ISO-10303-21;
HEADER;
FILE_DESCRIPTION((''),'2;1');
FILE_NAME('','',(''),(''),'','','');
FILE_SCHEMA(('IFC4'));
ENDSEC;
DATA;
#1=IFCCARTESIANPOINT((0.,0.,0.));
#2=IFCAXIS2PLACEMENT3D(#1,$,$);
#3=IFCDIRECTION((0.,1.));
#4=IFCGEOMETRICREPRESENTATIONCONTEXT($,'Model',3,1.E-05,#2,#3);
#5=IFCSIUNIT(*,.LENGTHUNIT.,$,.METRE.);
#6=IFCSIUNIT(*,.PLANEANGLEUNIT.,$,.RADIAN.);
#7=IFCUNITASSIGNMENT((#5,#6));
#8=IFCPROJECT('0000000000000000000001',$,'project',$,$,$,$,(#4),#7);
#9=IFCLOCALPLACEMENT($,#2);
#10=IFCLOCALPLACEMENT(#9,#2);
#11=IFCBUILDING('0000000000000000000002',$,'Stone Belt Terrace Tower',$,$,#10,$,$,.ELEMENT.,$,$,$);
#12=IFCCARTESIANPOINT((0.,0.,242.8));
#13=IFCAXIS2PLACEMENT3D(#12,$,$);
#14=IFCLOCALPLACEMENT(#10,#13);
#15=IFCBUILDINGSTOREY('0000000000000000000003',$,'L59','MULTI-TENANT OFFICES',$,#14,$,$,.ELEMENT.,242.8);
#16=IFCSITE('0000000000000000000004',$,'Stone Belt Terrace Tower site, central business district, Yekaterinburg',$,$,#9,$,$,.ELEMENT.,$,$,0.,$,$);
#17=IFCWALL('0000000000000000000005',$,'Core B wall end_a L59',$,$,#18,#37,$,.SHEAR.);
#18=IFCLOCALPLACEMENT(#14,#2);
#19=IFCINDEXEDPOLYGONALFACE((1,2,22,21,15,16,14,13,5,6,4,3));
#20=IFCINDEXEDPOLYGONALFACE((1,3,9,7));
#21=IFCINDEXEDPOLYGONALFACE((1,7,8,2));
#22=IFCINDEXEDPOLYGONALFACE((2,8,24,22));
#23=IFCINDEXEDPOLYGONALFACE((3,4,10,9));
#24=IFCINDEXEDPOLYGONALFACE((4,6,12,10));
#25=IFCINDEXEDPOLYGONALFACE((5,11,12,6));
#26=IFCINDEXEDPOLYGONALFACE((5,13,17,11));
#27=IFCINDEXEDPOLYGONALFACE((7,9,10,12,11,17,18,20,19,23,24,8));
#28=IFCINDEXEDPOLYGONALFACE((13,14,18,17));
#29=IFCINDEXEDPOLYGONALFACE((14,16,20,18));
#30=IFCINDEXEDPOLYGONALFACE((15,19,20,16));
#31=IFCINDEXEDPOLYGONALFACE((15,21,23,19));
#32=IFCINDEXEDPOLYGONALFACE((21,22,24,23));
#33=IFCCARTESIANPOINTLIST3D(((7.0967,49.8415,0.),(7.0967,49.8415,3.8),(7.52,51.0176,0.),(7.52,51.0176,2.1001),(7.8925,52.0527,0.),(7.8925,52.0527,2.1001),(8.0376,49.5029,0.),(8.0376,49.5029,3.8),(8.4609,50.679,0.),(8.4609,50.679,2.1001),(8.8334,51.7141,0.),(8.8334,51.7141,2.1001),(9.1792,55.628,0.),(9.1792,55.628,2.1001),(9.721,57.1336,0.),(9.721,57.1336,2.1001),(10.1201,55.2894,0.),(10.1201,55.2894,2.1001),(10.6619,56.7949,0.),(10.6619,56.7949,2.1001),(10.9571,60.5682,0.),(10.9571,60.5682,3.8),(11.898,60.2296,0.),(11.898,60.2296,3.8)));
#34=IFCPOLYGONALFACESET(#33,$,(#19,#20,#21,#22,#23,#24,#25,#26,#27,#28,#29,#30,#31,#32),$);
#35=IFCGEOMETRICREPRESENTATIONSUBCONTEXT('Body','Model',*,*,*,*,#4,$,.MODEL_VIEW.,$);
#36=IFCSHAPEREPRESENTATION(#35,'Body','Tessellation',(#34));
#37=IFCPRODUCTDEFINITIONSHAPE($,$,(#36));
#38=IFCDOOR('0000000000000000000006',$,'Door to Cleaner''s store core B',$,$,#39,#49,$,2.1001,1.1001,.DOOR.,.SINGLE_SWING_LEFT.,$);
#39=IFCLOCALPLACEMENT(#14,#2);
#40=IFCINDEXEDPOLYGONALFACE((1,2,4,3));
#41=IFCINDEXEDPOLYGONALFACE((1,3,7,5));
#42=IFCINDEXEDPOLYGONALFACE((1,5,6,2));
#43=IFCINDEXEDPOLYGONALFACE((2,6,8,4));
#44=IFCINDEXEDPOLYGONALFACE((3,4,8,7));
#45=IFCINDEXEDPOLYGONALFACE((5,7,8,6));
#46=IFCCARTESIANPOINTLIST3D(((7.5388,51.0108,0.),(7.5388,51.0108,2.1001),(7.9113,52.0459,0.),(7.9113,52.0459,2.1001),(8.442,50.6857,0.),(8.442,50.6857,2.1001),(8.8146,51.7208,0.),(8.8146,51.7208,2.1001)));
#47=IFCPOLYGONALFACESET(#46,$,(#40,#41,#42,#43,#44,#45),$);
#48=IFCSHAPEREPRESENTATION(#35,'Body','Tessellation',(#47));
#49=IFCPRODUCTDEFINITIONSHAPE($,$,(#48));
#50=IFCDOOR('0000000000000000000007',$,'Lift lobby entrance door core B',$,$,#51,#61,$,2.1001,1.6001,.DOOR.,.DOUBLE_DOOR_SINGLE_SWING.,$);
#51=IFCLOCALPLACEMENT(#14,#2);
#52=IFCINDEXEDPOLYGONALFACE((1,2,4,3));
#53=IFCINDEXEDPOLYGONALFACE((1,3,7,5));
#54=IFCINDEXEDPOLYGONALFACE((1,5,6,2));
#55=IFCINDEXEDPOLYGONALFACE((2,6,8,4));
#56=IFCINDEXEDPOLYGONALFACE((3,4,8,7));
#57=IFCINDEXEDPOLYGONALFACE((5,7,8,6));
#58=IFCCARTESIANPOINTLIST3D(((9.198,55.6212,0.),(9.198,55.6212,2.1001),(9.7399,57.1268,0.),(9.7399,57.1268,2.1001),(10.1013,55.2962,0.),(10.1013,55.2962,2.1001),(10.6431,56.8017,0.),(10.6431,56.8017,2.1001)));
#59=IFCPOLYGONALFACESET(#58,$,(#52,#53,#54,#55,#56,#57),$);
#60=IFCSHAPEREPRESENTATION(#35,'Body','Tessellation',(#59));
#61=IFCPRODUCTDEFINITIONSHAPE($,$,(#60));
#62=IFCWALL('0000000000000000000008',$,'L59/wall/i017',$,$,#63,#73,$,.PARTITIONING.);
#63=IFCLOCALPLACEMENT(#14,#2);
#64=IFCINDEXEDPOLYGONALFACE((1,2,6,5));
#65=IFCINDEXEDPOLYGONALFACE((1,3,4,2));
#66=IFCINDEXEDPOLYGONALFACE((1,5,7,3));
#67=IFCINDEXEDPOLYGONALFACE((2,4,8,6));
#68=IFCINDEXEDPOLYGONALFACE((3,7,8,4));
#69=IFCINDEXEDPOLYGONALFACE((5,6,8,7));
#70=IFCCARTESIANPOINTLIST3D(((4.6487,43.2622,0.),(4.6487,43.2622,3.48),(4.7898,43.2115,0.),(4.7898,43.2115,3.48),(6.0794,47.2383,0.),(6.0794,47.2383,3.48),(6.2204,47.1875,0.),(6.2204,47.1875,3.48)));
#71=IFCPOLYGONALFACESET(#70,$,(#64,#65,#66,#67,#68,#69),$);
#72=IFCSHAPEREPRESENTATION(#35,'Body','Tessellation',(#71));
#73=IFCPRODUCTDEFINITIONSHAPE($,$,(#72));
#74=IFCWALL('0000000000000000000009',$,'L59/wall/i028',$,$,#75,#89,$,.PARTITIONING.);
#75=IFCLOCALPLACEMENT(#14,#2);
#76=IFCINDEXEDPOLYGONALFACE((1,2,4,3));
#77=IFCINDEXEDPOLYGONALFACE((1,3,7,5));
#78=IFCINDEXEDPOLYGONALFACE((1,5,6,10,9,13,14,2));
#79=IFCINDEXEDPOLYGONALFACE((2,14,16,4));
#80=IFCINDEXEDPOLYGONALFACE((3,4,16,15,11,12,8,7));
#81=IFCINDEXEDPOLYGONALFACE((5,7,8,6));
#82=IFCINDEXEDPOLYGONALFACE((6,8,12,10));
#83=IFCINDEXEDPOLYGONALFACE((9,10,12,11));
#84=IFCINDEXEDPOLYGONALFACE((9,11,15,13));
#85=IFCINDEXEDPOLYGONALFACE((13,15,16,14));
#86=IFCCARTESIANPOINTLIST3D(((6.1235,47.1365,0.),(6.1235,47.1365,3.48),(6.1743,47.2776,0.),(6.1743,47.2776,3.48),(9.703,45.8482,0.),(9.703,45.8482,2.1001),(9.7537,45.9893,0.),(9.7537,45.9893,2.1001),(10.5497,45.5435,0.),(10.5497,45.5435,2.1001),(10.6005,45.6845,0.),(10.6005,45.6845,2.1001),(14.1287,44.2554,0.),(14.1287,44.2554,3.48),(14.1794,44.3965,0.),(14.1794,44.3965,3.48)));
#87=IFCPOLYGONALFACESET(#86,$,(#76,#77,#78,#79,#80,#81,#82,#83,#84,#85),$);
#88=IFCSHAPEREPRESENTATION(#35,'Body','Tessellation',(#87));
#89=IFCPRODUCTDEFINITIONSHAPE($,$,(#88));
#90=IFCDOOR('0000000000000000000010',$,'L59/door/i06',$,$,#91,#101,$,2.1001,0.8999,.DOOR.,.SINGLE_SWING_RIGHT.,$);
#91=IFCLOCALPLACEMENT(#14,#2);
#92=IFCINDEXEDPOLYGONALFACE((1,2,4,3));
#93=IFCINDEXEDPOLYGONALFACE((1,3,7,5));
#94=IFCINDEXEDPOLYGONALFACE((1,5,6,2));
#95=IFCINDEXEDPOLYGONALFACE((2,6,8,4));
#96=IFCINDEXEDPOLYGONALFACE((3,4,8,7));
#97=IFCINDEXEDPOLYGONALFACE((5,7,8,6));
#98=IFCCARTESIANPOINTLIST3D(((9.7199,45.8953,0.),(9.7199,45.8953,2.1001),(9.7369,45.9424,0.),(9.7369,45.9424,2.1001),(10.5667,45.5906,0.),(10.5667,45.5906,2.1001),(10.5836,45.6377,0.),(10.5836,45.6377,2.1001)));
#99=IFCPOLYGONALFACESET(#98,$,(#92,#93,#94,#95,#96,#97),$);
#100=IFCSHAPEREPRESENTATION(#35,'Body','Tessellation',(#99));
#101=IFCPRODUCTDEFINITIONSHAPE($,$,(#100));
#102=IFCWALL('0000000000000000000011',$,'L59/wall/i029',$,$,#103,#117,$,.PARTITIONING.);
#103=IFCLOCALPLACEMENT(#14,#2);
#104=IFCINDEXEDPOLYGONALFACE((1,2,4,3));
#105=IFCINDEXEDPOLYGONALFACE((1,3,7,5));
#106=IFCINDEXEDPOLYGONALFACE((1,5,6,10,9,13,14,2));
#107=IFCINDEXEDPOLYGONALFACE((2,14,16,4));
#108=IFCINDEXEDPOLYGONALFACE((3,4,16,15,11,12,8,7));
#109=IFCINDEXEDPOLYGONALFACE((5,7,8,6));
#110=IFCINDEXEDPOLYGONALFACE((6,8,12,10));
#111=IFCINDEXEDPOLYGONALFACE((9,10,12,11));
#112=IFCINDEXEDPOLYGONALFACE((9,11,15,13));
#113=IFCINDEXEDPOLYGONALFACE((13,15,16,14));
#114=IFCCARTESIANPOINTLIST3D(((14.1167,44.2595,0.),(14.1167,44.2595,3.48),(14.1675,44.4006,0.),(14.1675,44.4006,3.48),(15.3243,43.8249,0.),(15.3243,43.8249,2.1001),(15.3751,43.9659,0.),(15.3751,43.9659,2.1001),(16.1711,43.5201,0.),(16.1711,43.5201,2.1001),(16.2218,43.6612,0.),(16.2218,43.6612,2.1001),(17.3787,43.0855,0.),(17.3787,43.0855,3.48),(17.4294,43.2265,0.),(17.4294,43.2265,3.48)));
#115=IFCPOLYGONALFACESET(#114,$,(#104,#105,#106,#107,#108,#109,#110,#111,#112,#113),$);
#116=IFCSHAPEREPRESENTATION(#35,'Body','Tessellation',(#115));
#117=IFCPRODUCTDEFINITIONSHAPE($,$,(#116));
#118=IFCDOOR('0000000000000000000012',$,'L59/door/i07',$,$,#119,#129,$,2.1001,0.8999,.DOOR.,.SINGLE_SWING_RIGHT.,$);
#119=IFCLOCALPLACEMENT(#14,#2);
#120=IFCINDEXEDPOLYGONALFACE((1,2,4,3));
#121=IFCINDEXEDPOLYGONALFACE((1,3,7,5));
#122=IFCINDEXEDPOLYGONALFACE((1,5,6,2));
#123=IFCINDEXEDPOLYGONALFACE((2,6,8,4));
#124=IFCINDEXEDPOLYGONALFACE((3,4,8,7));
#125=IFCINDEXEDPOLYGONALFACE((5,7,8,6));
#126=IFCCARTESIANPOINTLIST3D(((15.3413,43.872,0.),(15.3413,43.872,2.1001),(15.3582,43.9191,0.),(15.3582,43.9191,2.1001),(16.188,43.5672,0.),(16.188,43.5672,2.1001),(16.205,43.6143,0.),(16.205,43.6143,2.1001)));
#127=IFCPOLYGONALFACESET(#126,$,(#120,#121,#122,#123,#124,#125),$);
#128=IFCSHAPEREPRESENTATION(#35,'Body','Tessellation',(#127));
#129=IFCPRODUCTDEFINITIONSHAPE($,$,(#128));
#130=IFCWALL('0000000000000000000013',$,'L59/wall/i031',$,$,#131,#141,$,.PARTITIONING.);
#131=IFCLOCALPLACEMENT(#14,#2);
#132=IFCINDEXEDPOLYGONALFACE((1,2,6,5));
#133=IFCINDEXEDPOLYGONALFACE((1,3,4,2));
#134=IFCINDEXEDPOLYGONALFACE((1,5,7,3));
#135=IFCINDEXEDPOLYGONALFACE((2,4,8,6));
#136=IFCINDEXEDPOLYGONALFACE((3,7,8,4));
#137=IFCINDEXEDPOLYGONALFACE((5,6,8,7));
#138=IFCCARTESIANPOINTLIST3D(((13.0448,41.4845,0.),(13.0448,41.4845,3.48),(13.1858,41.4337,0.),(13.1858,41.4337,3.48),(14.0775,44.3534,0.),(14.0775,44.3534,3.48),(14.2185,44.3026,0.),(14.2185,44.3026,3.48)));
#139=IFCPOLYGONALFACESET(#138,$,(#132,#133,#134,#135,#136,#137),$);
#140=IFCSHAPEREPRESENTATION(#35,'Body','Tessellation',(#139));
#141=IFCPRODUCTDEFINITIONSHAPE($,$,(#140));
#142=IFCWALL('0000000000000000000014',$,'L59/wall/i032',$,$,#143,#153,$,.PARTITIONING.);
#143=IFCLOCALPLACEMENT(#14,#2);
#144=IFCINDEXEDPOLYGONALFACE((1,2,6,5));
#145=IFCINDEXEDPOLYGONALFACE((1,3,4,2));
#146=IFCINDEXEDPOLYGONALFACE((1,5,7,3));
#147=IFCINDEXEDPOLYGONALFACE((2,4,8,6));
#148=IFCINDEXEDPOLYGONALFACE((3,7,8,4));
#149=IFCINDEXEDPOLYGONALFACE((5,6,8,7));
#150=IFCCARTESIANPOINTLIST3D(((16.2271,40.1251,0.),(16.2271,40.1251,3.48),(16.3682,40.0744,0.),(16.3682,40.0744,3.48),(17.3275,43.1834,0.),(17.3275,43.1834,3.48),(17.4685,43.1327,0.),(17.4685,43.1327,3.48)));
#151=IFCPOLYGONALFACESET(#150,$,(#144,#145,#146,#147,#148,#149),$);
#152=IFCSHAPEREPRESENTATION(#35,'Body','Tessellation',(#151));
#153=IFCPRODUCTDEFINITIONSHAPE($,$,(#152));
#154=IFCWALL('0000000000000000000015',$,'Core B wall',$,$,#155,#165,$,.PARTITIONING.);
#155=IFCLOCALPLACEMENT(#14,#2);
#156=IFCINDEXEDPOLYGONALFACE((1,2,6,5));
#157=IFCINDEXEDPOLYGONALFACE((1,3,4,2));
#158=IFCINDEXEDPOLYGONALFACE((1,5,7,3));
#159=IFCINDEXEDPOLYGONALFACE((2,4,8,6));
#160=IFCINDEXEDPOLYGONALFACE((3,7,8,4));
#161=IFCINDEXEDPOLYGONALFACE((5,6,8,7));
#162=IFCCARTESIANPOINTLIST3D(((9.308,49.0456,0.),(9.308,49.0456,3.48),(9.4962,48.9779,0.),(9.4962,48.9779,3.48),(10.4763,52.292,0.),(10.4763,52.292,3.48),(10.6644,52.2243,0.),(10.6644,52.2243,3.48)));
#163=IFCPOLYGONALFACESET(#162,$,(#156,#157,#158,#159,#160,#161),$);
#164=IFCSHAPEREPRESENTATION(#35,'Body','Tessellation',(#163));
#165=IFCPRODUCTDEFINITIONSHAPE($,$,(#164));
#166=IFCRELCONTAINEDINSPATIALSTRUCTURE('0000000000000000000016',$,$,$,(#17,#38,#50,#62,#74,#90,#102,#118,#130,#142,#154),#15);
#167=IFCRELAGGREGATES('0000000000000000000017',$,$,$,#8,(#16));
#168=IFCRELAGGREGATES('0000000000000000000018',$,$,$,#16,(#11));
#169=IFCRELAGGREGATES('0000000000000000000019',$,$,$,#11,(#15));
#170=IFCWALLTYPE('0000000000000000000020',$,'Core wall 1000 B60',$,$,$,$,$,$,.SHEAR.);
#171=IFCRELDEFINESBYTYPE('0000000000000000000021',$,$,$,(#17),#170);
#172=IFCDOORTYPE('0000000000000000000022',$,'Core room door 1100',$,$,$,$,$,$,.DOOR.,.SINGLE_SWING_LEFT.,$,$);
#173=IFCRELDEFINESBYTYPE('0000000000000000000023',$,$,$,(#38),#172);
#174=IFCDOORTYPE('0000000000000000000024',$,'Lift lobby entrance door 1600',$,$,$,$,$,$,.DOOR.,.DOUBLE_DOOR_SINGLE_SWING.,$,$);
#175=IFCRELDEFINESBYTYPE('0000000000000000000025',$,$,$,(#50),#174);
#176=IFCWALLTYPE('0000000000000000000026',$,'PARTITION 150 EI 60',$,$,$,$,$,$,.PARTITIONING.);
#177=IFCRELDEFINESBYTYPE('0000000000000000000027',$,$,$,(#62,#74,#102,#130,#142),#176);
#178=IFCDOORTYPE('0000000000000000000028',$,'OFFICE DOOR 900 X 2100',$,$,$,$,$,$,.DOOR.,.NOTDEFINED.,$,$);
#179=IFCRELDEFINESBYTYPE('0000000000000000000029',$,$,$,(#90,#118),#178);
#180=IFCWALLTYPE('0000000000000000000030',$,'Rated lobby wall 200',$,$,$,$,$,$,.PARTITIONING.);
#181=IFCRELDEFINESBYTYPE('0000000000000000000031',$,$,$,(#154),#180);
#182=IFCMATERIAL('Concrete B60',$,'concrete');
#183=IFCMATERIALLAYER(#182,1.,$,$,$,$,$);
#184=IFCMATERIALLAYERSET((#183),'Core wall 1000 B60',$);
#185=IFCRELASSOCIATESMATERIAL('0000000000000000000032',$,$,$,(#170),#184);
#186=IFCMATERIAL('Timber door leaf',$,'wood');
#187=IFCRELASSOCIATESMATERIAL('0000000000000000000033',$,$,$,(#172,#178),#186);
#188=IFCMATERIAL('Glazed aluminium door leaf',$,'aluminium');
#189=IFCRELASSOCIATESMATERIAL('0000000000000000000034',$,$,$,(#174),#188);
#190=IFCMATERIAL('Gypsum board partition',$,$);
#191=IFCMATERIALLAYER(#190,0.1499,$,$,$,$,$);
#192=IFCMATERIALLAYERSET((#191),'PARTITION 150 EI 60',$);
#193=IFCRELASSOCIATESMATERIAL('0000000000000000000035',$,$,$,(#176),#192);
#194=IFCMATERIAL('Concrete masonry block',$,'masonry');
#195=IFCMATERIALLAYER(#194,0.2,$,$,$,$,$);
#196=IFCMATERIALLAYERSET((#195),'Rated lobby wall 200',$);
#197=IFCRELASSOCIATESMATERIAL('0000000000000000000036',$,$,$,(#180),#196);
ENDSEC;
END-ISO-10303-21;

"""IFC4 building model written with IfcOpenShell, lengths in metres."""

from ifc_helpers import new_model, si_unit, direction, frame, frame_2d, origin, place, context, subcontext, project, spatial, rectangle, extrude, material, layer, layer_set, type_object, element, fill, save


model = new_model("IFC4")

# Units and contexts
model_context = context("Model", 3, precision=1e-05, world=origin(), true_north=direction((0.0, 1.0)))
body_context = subcontext(model_context, "Body", "Model", "MODEL_VIEW")
ifc_project = project(units=[si_unit("LENGTHUNIT", "METRE"), si_unit("PLANEANGLEUNIT", "RADIAN")], contexts=[model_context])

# Site, building, storey
site_placement = place(None, origin())
site = spatial("IfcSite", under=ifc_project, at=site_placement, Name="Stone Belt Terrace Tower site, central business district, Yekaterinburg", CompositionType="ELEMENT", RefElevation=0.0)
building_placement = place(site_placement, origin())
building = spatial("IfcBuilding", under=site, at=building_placement, Name="Stone Belt Terrace Tower", CompositionType="ELEMENT")
storey_placement = place(building_placement, frame((0.0, 0.0, 242.8)))
storey = spatial("IfcBuildingStorey", under=building, at=storey_placement, Name="L59", Description="MULTI-TENANT OFFICES", CompositionType="ELEMENT", Elevation=242.8)

# Shared definitions
ifc_material_1 = material(Name="Concrete B60", Category="concrete")

# Wall, openings, doors
ifc_layer_1 = layer(ifc_material_1, 1.0)
ifc_layer_set_1 = layer_set([ifc_layer_1], Name="Core wall 1000 B60")
wall_type_1 = type_object("IfcWallType", Name="Core wall 1000 B60", PredefinedType="SHEAR", material=ifc_layer_set_1)
ifc_material_2 = material(Name="Timber door leaf", Category="wood")
door_type_1 = type_object("IfcDoorType", Name="Core room door 1100", OperationType="SINGLE_SWING_LEFT", PredefinedType="DOOR", material=ifc_material_2)
wall_1_placement = place(storey_placement, frame((7.5671, 49.6721, 0.0), z_axis=(0.0, 0.0, 1.0), x_axis=(0.338625, 0.940921, 0.0)))
wall_1 = element("IfcWall", 1, at=wall_1_placement, inside=storey, type_object=wall_type_1, Name="Core B wall end_a L59", PredefinedType="SHEAR", context=body_context, shape_type="SweptSolid", body=[
    extrude(rectangle(XDim=11.4001, YDim=1.0, at=frame_2d((5.7002, 0.0))), origin(), (0.0, 0.0, 1.0), 3.8),
])
opening_1_placement = place(wall_1_placement, frame((6.1499, 0.0, 0.0)))
opening_1 = element("IfcOpeningElement", 2, at=opening_1_placement, cuts=wall_1, PredefinedType="OPENING", context=body_context, shape_type="SweptSolid", body=[
    extrude(rectangle(XDim=1.6001, YDim=2.1001, at=frame_2d((0.8, 1.05))), frame((0.0, 0.51, 0.0), z_axis=(0.0, -1.0, 0.0), x_axis=(1.0, 0.0, 0.0)), (0.0, 0.0, 1.0), 1.02),
])
opening_2_placement = place(wall_1_placement, frame((1.25, 0.0, 0.0)))
opening_2 = element("IfcOpeningElement", 3, at=opening_2_placement, cuts=wall_1, PredefinedType="OPENING", context=body_context, shape_type="SweptSolid", body=[
    extrude(rectangle(XDim=1.1001, YDim=2.1001, at=frame_2d((0.55, 1.05))), frame((0.0, 0.51, 0.0), z_axis=(0.0, -1.0, 0.0), x_axis=(1.0, 0.0, 0.0)), (0.0, 0.0, 1.0), 1.02),
])
door_1_placement = place(opening_2_placement, origin())
door_1 = element("IfcDoor", 4, at=door_1_placement, inside=storey, type_object=door_type_1, Name="Door to Cleaner's store core B", OperationType="SINGLE_SWING_LEFT", OverallHeight=2.1001, OverallWidth=1.1001, PredefinedType="DOOR", context=body_context, shape_type="SweptSolid", body=[
    extrude(rectangle(XDim=1.1001, YDim=2.1001, at=frame_2d((0.55, 1.05))), frame((0.0, 0.48, 0.0), z_axis=(0.0, -1.0, 0.0), x_axis=(1.0, 0.0, 0.0)), (0.0, 0.0, 1.0), 0.96),
])
fill(opening_2, door_1)
ifc_material_3 = material(Name="Glazed aluminium door leaf", Category="aluminium")
door_type_2 = type_object("IfcDoorType", Name="Lift lobby entrance door 1600", OperationType="DOUBLE_DOOR_SINGLE_SWING", PredefinedType="DOOR", material=ifc_material_3)
door_2_placement = place(opening_1_placement, origin())
door_2 = element("IfcDoor", 5, at=door_2_placement, inside=storey, type_object=door_type_2, Name="Lift lobby entrance door core B", OperationType="DOUBLE_DOOR_SINGLE_SWING", OverallHeight=2.1001, OverallWidth=1.6001, PredefinedType="DOOR", context=body_context, shape_type="SweptSolid", body=[
    extrude(rectangle(XDim=1.6001, YDim=2.1001, at=frame_2d((0.8, 1.05))), frame((0.0, 0.48, 0.0), z_axis=(0.0, -1.0, 0.0), x_axis=(1.0, 0.0, 0.0)), (0.0, 0.0, 1.0), 0.96),
])
fill(opening_1, door_2)

# Wall
ifc_material_4 = material(Name="Gypsum board partition")
ifc_layer_2 = layer(ifc_material_4, 0.1499)
ifc_layer_set_2 = layer_set([ifc_layer_2], Name="PARTITION 150 EI 60")
wall_type_2 = type_object("IfcWallType", Name="PARTITION 150 EI 60", PredefinedType="PARTITIONING", material=ifc_layer_set_2)
wall_2_placement = place(storey_placement, frame((6.1499, 47.2129, 0.0), z_axis=(0.0, 0.0, 1.0), x_axis=(-0.338568, -0.940942, 0.0)))
element("IfcWall", 6, at=wall_2_placement, inside=storey, type_object=wall_type_2, Name="L59/wall/i017", PredefinedType="PARTITIONING", context=body_context, shape_type="SweptSolid", body=[
    extrude(rectangle(XDim=4.2256, YDim=0.1499, at=frame_2d((2.1128, 0.0))), origin(), (0.0, 0.0, 1.0), 3.48),
])

# Walls, openings, doors
wall_3_placement = place(storey_placement, frame((14.1541, 44.3259, 0.0), z_axis=(0.0, 0.0, 1.0), x_axis=(-0.940915, 0.338642, 0.0)))
wall_3 = element("IfcWall", 7, at=wall_3_placement, inside=storey, type_object=wall_type_2, Name="L59/wall/i028", PredefinedType="PARTITIONING", context=body_context, shape_type="SweptSolid", body=[
    extrude(rectangle(XDim=8.5078, YDim=0.1499, at=frame_2d((4.2539, 0.0))), origin(), (0.0, 0.0, 1.0), 3.48),
])
opening_3_placement = place(wall_3_placement, frame((3.8037, 0.0, 0.0)))
opening_3 = element("IfcOpeningElement", 8, at=opening_3_placement, cuts=wall_3, PredefinedType="OPENING", context=body_context, shape_type="SweptSolid", body=[
    extrude(rectangle(XDim=0.8999, YDim=2.1001, at=frame_2d((0.45, 1.05))), frame((0.0, 0.085, 0.0), z_axis=(0.0, -1.0, 0.0), x_axis=(1.0, 0.0, 0.0)), (0.0, 0.0, 1.0), 0.1699),
])
door_type_3 = type_object("IfcDoorType", Name="OFFICE DOOR 900 X 2100", OperationType="NOTDEFINED", PredefinedType="DOOR", material=ifc_material_2)
door_3_placement = place(opening_3_placement, origin())
door_3 = element("IfcDoor", 9, at=door_3_placement, inside=storey, type_object=door_type_3, Name="L59/door/i06", OperationType="SINGLE_SWING_RIGHT", OverallHeight=2.1001, OverallWidth=0.8999, PredefinedType="DOOR", context=body_context, shape_type="SweptSolid", body=[
    extrude(rectangle(XDim=0.8999, YDim=2.1001, at=frame_2d((0.45, 1.05))), frame((0.0, 0.0249, 0.0), z_axis=(0.0, -1.0, 0.0), x_axis=(1.0, 0.0, 0.0)), (0.0, 0.0, 1.0), 0.05),
])
fill(opening_3, door_3)
wall_4_placement = place(storey_placement, frame((17.4041, 43.156, 0.0), z_axis=(0.0, 0.0, 1.0), x_axis=(-0.940909, 0.33866, 0.0)))
wall_4 = element("IfcWall", 10, at=wall_4_placement, inside=storey, type_object=wall_type_2, Name="L59/wall/i029", PredefinedType="PARTITIONING", context=body_context, shape_type="SweptSolid", body=[
    extrude(rectangle(XDim=3.4668, YDim=0.1499, at=frame_2d((1.7334, 0.0))), origin(), (0.0, 0.0, 1.0), 3.48),
])
opening_4_placement = place(wall_4_placement, frame((1.2834, 0.0, 0.0)))
opening_4 = element("IfcOpeningElement", 11, at=opening_4_placement, cuts=wall_4, PredefinedType="OPENING", context=body_context, shape_type="SweptSolid", body=[
    extrude(rectangle(XDim=0.8999, YDim=2.1001, at=frame_2d((0.45, 1.05))), frame((0.0, 0.085, 0.0), z_axis=(0.0, -1.0, 0.0), x_axis=(1.0, 0.0, 0.0)), (0.0, 0.0, 1.0), 0.1699),
])
door_4_placement = place(opening_4_placement, origin())
door_4 = element("IfcDoor", 12, at=door_4_placement, inside=storey, type_object=door_type_3, Name="L59/door/i07", OperationType="SINGLE_SWING_RIGHT", OverallHeight=2.1001, OverallWidth=0.8999, PredefinedType="DOOR", context=body_context, shape_type="SweptSolid", body=[
    extrude(rectangle(XDim=0.8999, YDim=2.1001, at=frame_2d((0.45, 1.05))), frame((0.0, 0.0249, 0.0), z_axis=(0.0, -1.0, 0.0), x_axis=(1.0, 0.0, 0.0)), (0.0, 0.0, 1.0), 0.05),
])
fill(opening_4, door_4)

# Walls
wall_5_placement = place(storey_placement, frame((14.1479, 44.3279, 0.0), z_axis=(0.0, 0.0, 1.0), x_axis=(-0.338694, -0.940897, 0.0)))
element("IfcWall", 13, at=wall_5_placement, inside=storey, type_object=wall_type_2, Name="L59/wall/i031", PredefinedType="PARTITIONING", context=body_context, shape_type="SweptSolid", body=[
    extrude(rectangle(XDim=3.0491, YDim=0.1499, at=frame_2d((1.5244, 0.0))), origin(), (0.0, 0.0, 1.0), 3.48),
])
wall_6_placement = place(storey_placement, frame((17.3979, 43.158, 0.0), z_axis=(0.0, 0.0, 1.0), x_axis=(-0.338539, -0.940953, 0.0)))
element("IfcWall", 14, at=wall_6_placement, inside=storey, type_object=wall_type_2, Name="L59/wall/i032", PredefinedType="PARTITIONING", context=body_context, shape_type="SweptSolid", body=[
    extrude(rectangle(XDim=3.2502, YDim=0.1499, at=frame_2d((1.625, 0.0))), origin(), (0.0, 0.0, 1.0), 3.48),
])
ifc_material_5 = material(Name="Concrete masonry block", Category="masonry")
ifc_layer_3 = layer(ifc_material_5, 0.2)
ifc_layer_set_3 = layer_set([ifc_layer_3], Name="Rated lobby wall 200")
wall_type_3 = type_object("IfcWallType", Name="Rated lobby wall 200", PredefinedType="PARTITIONING", material=ifc_layer_set_3)
wall_7_placement = place(storey_placement, frame((9.4021, 49.0117, 0.0), z_axis=(0.0, 0.0, 1.0), x_axis=(0.338599, 0.940931, 0.0)))
element("IfcWall", 15, at=wall_7_placement, inside=storey, type_object=wall_type_3, Name="Core B wall", PredefinedType="PARTITIONING", context=body_context, shape_type="SweptSolid", body=[
    extrude(rectangle(XDim=3.4502, YDim=0.2, at=frame_2d((1.7251, 0.0))), origin(), (0.0, 0.0, 1.0), 3.48),
])

save(model, "model.ifc")
